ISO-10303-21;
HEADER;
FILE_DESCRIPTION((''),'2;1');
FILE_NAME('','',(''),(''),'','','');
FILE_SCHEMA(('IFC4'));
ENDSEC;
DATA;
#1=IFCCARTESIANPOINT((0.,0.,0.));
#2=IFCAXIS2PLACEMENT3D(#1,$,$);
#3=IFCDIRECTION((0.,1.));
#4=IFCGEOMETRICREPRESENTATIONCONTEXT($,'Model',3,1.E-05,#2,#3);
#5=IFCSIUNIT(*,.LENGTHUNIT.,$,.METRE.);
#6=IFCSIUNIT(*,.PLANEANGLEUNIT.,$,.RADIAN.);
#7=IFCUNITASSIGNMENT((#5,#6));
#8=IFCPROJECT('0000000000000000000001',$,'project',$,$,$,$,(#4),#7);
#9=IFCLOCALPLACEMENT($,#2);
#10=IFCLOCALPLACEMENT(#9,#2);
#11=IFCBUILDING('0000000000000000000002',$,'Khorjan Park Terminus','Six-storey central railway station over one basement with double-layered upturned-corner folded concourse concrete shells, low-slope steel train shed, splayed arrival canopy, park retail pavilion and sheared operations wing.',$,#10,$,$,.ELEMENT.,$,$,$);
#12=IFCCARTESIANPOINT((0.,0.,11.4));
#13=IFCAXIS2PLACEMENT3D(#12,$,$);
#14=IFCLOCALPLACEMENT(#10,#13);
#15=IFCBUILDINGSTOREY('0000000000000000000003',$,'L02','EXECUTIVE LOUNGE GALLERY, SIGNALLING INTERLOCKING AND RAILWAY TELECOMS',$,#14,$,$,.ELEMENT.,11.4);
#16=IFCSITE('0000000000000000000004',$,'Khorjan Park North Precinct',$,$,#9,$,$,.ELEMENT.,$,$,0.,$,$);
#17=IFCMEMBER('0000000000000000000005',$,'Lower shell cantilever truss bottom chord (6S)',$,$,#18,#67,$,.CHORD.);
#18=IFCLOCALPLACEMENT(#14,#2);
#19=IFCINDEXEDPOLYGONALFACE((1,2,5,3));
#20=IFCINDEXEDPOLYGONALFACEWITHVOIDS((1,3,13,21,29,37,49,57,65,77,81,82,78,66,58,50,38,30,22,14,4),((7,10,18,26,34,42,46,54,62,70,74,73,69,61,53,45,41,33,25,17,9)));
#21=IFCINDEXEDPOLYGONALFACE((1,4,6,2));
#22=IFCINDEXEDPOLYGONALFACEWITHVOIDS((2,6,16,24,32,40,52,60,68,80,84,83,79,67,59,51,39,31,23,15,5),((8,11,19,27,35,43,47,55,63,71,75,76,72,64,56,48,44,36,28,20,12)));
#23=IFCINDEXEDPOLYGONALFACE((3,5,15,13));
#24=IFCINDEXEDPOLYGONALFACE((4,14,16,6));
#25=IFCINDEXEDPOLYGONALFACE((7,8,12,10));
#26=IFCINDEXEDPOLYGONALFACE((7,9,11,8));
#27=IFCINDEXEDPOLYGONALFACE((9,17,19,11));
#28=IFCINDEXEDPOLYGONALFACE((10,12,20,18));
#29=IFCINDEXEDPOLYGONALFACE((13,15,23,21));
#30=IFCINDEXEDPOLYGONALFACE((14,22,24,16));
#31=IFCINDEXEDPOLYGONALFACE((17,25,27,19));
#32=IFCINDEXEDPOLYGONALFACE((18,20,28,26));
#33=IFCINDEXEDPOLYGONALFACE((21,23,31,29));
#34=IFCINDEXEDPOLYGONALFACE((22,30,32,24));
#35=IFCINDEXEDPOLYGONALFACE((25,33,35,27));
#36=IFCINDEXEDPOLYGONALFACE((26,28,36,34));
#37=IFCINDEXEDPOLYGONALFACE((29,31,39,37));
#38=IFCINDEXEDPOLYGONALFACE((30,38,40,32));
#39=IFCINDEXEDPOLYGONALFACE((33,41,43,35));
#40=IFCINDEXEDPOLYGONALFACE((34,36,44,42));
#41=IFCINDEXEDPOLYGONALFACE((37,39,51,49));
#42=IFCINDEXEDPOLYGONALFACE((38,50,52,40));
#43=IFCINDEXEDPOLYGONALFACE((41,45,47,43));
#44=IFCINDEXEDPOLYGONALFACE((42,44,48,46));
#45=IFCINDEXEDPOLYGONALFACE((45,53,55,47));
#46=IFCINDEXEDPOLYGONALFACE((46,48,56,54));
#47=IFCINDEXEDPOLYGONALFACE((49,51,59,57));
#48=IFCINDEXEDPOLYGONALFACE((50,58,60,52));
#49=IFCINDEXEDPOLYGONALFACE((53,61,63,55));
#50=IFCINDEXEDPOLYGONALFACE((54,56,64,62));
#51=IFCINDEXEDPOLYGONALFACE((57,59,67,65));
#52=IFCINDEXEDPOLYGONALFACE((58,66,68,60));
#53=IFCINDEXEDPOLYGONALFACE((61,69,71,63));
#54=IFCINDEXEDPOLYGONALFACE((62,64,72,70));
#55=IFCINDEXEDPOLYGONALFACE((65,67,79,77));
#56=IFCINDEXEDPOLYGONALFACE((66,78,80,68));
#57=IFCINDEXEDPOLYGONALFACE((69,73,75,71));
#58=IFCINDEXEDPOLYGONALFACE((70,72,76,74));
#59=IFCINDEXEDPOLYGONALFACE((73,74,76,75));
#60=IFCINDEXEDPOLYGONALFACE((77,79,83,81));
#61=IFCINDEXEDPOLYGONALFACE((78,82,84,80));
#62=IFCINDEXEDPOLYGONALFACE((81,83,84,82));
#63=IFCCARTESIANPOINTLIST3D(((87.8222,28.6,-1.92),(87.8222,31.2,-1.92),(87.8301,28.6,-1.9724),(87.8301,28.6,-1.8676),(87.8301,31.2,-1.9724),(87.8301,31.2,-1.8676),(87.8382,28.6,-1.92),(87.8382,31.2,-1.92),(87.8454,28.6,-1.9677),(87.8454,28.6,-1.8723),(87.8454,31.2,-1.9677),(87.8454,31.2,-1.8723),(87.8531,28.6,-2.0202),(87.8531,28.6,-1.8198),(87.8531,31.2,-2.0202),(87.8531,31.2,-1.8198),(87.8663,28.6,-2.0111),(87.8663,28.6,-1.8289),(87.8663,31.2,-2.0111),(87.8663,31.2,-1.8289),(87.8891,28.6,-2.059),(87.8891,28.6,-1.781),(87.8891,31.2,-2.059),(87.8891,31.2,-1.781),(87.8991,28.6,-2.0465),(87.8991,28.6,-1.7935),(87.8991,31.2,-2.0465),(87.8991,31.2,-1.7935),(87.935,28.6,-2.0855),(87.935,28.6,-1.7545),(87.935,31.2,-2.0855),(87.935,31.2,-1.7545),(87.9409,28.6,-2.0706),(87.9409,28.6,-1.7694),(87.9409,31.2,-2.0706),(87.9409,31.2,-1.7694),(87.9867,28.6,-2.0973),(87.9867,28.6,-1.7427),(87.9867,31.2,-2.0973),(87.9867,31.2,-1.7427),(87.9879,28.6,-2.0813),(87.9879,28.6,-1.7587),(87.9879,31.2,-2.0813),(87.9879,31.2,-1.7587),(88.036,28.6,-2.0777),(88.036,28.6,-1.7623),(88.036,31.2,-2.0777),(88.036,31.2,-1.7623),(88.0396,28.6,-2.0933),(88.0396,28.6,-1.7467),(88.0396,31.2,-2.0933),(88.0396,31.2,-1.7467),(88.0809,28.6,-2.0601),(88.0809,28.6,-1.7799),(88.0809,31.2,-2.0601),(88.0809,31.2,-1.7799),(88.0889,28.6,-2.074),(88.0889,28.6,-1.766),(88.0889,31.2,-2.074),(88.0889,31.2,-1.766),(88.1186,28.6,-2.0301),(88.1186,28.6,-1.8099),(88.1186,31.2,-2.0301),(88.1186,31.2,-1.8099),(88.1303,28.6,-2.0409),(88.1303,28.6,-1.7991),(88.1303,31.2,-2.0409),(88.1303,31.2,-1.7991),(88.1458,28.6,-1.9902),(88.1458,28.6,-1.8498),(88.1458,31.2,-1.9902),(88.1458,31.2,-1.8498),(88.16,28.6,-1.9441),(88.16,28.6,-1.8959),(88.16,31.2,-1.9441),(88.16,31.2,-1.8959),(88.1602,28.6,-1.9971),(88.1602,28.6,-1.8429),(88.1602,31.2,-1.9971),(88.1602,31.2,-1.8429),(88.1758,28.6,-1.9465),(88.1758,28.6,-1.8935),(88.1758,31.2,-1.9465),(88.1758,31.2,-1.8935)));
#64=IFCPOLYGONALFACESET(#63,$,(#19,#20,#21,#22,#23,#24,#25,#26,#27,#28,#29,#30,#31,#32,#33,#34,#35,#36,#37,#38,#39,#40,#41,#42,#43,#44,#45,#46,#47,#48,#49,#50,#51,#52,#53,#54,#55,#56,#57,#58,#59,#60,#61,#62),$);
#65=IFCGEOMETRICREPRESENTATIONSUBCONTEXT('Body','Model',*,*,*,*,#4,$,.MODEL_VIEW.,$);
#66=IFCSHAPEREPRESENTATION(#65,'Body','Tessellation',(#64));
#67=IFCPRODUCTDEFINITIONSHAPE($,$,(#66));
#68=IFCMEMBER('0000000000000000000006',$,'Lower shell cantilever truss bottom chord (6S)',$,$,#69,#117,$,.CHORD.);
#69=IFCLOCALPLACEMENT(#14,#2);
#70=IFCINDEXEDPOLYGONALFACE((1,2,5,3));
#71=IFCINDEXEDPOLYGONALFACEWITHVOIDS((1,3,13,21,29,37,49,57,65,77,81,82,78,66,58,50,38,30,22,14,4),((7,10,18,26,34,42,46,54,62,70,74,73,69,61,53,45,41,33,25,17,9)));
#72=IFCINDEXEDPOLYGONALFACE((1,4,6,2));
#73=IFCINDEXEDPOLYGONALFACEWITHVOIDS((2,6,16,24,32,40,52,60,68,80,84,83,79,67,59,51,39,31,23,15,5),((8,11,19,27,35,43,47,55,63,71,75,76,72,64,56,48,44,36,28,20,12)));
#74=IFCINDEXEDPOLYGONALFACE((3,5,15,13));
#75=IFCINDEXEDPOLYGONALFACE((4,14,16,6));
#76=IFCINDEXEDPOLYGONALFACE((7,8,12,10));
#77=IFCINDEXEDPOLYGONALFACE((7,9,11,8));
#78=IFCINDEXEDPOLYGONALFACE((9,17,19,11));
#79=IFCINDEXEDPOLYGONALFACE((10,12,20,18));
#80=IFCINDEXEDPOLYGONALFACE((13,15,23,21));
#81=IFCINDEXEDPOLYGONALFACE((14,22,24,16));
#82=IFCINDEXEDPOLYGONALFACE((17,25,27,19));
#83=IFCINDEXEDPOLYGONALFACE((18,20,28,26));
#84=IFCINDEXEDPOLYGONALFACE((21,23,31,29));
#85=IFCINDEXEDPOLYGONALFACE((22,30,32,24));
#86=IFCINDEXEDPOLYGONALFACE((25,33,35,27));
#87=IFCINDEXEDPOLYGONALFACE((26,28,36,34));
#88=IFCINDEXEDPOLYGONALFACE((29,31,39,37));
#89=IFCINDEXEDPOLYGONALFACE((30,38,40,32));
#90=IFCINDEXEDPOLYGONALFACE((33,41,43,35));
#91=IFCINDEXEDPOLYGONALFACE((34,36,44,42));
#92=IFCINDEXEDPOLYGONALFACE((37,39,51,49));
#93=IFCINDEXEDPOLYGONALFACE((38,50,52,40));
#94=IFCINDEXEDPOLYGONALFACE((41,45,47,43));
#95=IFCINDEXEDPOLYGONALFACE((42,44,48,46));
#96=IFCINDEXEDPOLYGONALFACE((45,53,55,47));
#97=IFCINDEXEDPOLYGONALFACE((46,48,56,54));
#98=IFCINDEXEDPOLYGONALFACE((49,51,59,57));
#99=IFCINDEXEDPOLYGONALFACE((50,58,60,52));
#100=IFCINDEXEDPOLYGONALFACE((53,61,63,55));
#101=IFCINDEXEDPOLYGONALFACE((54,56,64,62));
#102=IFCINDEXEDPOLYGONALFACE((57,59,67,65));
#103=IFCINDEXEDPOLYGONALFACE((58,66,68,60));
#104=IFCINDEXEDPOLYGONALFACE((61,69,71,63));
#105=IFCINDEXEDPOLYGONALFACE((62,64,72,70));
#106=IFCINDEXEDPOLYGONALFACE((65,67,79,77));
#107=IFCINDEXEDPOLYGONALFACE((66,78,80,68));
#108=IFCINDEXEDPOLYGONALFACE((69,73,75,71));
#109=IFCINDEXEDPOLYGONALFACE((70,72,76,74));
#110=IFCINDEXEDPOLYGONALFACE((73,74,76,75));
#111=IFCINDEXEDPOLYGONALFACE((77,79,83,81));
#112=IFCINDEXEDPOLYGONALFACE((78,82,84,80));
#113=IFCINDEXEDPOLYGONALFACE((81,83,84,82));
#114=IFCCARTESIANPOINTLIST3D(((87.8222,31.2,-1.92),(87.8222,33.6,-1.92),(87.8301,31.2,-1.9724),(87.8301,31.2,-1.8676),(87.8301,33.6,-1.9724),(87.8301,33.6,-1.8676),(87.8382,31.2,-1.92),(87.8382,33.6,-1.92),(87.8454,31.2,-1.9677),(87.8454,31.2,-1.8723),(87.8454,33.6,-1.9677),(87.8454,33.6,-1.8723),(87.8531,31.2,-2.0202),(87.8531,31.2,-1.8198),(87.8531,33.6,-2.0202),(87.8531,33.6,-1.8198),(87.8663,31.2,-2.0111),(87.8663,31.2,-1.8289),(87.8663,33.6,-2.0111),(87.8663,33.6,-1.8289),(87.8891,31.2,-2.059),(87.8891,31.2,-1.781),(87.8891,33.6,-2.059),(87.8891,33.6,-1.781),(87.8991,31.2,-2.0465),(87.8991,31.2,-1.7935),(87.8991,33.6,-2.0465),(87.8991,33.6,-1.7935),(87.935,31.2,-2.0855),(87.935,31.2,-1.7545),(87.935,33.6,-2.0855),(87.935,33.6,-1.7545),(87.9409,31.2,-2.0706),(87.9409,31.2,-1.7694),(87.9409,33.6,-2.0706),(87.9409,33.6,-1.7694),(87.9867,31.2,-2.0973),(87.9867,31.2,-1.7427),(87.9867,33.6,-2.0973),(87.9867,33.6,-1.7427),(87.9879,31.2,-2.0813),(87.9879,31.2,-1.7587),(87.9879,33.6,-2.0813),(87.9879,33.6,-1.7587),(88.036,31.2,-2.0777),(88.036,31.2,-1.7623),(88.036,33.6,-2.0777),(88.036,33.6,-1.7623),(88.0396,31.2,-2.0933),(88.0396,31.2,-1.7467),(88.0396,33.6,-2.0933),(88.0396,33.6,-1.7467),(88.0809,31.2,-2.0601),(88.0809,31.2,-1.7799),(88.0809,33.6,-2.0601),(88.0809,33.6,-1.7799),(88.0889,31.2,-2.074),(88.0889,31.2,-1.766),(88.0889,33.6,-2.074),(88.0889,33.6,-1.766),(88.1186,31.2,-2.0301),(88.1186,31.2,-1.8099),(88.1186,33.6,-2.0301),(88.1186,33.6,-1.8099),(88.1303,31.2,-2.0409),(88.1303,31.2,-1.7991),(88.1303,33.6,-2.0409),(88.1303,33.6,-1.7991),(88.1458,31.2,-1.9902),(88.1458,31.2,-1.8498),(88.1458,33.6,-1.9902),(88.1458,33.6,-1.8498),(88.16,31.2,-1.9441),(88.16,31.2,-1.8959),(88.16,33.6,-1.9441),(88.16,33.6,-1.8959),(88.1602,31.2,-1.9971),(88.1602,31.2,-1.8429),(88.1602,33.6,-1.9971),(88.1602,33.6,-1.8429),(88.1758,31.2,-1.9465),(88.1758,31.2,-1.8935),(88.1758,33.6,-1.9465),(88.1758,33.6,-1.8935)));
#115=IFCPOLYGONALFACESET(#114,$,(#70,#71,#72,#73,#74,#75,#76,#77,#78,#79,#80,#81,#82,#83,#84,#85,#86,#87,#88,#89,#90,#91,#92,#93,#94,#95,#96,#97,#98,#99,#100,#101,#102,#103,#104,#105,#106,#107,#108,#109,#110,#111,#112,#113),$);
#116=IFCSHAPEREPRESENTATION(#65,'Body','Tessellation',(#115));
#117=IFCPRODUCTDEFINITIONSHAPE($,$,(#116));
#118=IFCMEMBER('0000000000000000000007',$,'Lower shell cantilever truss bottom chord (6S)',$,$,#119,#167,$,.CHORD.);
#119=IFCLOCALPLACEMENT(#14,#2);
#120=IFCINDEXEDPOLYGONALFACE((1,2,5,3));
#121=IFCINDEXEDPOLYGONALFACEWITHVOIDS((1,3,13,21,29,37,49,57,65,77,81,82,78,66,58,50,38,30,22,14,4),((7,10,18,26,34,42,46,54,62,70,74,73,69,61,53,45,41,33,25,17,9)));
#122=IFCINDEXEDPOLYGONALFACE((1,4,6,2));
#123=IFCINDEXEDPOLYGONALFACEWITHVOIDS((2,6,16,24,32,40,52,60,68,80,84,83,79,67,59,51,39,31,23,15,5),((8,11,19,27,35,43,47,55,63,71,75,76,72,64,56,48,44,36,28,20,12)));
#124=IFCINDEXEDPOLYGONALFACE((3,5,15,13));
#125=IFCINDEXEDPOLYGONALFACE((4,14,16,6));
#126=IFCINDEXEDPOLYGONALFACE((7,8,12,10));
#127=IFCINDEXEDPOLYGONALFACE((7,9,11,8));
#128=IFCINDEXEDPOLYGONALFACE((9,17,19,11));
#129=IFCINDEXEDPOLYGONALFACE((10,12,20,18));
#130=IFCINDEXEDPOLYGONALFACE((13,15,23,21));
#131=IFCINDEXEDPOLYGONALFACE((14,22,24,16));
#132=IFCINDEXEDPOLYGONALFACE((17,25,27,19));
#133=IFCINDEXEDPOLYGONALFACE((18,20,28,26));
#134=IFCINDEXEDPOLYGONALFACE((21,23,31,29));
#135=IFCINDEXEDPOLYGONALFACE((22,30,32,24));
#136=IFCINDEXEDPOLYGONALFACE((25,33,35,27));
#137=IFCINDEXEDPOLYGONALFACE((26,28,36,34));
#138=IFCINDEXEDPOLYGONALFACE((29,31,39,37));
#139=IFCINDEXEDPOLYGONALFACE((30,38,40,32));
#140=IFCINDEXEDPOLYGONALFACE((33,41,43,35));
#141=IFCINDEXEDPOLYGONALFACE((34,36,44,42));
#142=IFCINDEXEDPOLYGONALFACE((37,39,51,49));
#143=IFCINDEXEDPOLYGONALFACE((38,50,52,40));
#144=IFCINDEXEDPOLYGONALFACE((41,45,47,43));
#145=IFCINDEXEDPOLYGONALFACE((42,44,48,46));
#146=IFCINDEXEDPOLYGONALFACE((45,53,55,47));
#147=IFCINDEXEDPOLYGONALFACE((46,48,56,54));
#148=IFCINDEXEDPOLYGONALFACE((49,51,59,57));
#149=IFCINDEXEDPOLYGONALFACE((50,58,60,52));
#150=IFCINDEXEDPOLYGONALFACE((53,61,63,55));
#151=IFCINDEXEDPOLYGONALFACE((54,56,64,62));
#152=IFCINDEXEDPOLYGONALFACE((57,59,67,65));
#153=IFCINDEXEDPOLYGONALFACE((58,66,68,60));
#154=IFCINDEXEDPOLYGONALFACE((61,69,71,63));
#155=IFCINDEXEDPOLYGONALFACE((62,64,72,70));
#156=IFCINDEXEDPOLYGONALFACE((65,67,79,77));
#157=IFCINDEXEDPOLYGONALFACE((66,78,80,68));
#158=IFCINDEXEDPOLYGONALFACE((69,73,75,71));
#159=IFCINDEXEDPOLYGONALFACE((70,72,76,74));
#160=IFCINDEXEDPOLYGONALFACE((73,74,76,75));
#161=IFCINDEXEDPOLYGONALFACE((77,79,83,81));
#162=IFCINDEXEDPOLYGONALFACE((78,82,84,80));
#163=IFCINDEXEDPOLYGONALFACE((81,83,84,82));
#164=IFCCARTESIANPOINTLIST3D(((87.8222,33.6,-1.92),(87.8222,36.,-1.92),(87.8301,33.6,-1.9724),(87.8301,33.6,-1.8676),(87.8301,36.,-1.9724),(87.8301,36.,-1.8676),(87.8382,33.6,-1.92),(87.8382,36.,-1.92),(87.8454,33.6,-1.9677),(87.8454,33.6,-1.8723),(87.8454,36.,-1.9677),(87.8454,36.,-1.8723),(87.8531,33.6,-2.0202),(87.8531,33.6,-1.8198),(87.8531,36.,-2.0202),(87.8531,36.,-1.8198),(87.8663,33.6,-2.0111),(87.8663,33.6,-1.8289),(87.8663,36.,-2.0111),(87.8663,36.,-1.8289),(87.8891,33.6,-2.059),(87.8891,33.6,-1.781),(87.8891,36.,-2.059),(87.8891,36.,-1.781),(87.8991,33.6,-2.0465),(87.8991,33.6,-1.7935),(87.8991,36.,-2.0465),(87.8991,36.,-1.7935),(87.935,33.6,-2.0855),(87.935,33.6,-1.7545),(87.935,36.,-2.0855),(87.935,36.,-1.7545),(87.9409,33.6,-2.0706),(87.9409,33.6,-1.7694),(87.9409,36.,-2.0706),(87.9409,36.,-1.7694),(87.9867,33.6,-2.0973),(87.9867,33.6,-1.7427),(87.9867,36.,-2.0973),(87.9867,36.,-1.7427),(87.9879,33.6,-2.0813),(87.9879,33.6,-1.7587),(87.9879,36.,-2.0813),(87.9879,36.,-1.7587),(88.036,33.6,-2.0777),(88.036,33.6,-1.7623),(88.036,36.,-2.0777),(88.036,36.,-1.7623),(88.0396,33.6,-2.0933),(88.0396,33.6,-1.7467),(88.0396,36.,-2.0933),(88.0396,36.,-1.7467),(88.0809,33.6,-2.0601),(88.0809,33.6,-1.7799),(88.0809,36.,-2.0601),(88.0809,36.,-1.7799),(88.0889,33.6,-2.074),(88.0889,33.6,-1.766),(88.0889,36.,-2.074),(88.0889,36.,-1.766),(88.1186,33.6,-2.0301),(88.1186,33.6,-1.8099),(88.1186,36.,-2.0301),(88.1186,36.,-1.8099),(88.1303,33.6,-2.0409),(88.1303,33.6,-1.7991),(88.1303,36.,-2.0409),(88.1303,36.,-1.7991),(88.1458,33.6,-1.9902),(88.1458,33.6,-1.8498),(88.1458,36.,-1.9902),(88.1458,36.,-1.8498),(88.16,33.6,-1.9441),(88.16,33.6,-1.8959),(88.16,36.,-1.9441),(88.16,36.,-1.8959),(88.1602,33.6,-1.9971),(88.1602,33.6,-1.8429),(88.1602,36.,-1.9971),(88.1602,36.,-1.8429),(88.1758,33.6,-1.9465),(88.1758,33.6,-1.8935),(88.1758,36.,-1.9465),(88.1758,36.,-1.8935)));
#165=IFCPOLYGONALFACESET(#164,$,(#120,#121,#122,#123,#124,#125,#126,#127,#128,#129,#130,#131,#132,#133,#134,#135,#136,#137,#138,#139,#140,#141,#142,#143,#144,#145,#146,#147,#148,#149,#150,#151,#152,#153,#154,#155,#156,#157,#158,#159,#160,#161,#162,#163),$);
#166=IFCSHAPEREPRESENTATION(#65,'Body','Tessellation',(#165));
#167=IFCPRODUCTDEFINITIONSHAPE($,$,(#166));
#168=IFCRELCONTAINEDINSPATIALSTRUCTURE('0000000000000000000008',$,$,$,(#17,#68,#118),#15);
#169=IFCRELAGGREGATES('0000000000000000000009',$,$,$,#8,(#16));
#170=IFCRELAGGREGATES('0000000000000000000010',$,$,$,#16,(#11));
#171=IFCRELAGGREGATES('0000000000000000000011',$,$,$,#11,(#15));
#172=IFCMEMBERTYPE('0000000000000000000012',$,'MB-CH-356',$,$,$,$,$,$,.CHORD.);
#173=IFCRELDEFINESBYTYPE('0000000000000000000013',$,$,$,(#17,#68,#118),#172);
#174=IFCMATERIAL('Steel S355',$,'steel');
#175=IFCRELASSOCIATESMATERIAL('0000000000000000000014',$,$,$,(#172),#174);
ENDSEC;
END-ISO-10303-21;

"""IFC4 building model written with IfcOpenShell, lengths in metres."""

from ifc_helpers import new_model, si_unit, direction, frame, origin, origin_2d, place, context, subcontext, project, spatial, hollow_circle, extrude, material, material_profile, profile_set, type_object, element, save


model = new_model("IFC4")

# Units and contexts
model_context = context("Model", 3, precision=1e-05, world=origin(), true_north=direction((0.0, 1.0)))
body_context = subcontext(model_context, "Body", "Model", "MODEL_VIEW")
ifc_project = project(units=[si_unit("LENGTHUNIT", "METRE"), si_unit("PLANEANGLEUNIT", "RADIAN")], contexts=[model_context])

# Site, building, storey
site_placement = place(None, origin())
site = spatial("IfcSite", under=ifc_project, at=site_placement, Name="Khorjan Park North Precinct", CompositionType="ELEMENT", RefElevation=0.0)
building_placement = place(site_placement, origin())
building = spatial("IfcBuilding", under=site, at=building_placement, Name="Khorjan Park Terminus", Description="Six-storey central railway station over one basement with double-layered upturned-corner folded concourse concrete shells, low-slope steel train shed, splayed arrival canopy, park retail pavilion and sheared operations wing.", CompositionType="ELEMENT")
storey_placement = place(building_placement, frame((0.0, 0.0, 11.4)))
storey = spatial("IfcBuildingStorey", under=building, at=storey_placement, Name="L02", Description="EXECUTIVE LOUNGE GALLERY, SIGNALLING INTERLOCKING AND RAILWAY TELECOMS", CompositionType="ELEMENT", Elevation=11.4)

# Members
ifc_material_1 = material(Name="Steel S355", Category="steel")
ifc_material_profile_1 = material_profile(ifc_material_1, hollow_circle(Radius=0.1778, WallThickness=0.016, at=origin_2d()), Name="CHS 355.6x16")
ifc_profile_set_1 = profile_set([ifc_material_profile_1], Name="Steel S355")
member_type_1 = type_object("IfcMemberType", Name="MB-CH-356", PredefinedType="CHORD", material=ifc_profile_set_1)
for number, where, z_axis, x_axis, name in (
    (1, (88.0, 28.6, -1.92), (0.0, 1.0, 0.0), (-1.0, 0.0, 0.0), "Lower shell cantilever truss bottom chord (6S)"),
):
    element("IfcMember", number, at=place(storey_placement, frame(where, z_axis=z_axis, x_axis=x_axis)), inside=storey, type_object=member_type_1, Name=name, PredefinedType="CHORD", context=body_context, shape_type="SweptSolid", body=[
        extrude(hollow_circle(Radius=0.1778, WallThickness=0.016, at=origin_2d()), origin(), (0.0, 0.0, 1.0), 2.6),
    ])
for number, where, z_axis, x_axis, name in (
    (2, (88.0, 31.2, -1.92), (0.0, 1.0, 0.0), (-1.0, 0.0, 0.0), "Lower shell cantilever truss bottom chord (6S)"),
    (3, (88.0, 33.6, -1.92), (0.0, 1.0, 0.0), (-1.0, 0.0, 0.0), "Lower shell cantilever truss bottom chord (6S)"),
):
    element("IfcMember", number, at=place(storey_placement, frame(where, z_axis=z_axis, x_axis=x_axis)), inside=storey, type_object=member_type_1, Name=name, PredefinedType="CHORD", context=body_context, shape_type="SweptSolid", body=[
        extrude(hollow_circle(Radius=0.1778, WallThickness=0.016, at=origin_2d()), origin(), (0.0, 0.0, 1.0), 2.4),
    ])

save(model, "model.ifc")
